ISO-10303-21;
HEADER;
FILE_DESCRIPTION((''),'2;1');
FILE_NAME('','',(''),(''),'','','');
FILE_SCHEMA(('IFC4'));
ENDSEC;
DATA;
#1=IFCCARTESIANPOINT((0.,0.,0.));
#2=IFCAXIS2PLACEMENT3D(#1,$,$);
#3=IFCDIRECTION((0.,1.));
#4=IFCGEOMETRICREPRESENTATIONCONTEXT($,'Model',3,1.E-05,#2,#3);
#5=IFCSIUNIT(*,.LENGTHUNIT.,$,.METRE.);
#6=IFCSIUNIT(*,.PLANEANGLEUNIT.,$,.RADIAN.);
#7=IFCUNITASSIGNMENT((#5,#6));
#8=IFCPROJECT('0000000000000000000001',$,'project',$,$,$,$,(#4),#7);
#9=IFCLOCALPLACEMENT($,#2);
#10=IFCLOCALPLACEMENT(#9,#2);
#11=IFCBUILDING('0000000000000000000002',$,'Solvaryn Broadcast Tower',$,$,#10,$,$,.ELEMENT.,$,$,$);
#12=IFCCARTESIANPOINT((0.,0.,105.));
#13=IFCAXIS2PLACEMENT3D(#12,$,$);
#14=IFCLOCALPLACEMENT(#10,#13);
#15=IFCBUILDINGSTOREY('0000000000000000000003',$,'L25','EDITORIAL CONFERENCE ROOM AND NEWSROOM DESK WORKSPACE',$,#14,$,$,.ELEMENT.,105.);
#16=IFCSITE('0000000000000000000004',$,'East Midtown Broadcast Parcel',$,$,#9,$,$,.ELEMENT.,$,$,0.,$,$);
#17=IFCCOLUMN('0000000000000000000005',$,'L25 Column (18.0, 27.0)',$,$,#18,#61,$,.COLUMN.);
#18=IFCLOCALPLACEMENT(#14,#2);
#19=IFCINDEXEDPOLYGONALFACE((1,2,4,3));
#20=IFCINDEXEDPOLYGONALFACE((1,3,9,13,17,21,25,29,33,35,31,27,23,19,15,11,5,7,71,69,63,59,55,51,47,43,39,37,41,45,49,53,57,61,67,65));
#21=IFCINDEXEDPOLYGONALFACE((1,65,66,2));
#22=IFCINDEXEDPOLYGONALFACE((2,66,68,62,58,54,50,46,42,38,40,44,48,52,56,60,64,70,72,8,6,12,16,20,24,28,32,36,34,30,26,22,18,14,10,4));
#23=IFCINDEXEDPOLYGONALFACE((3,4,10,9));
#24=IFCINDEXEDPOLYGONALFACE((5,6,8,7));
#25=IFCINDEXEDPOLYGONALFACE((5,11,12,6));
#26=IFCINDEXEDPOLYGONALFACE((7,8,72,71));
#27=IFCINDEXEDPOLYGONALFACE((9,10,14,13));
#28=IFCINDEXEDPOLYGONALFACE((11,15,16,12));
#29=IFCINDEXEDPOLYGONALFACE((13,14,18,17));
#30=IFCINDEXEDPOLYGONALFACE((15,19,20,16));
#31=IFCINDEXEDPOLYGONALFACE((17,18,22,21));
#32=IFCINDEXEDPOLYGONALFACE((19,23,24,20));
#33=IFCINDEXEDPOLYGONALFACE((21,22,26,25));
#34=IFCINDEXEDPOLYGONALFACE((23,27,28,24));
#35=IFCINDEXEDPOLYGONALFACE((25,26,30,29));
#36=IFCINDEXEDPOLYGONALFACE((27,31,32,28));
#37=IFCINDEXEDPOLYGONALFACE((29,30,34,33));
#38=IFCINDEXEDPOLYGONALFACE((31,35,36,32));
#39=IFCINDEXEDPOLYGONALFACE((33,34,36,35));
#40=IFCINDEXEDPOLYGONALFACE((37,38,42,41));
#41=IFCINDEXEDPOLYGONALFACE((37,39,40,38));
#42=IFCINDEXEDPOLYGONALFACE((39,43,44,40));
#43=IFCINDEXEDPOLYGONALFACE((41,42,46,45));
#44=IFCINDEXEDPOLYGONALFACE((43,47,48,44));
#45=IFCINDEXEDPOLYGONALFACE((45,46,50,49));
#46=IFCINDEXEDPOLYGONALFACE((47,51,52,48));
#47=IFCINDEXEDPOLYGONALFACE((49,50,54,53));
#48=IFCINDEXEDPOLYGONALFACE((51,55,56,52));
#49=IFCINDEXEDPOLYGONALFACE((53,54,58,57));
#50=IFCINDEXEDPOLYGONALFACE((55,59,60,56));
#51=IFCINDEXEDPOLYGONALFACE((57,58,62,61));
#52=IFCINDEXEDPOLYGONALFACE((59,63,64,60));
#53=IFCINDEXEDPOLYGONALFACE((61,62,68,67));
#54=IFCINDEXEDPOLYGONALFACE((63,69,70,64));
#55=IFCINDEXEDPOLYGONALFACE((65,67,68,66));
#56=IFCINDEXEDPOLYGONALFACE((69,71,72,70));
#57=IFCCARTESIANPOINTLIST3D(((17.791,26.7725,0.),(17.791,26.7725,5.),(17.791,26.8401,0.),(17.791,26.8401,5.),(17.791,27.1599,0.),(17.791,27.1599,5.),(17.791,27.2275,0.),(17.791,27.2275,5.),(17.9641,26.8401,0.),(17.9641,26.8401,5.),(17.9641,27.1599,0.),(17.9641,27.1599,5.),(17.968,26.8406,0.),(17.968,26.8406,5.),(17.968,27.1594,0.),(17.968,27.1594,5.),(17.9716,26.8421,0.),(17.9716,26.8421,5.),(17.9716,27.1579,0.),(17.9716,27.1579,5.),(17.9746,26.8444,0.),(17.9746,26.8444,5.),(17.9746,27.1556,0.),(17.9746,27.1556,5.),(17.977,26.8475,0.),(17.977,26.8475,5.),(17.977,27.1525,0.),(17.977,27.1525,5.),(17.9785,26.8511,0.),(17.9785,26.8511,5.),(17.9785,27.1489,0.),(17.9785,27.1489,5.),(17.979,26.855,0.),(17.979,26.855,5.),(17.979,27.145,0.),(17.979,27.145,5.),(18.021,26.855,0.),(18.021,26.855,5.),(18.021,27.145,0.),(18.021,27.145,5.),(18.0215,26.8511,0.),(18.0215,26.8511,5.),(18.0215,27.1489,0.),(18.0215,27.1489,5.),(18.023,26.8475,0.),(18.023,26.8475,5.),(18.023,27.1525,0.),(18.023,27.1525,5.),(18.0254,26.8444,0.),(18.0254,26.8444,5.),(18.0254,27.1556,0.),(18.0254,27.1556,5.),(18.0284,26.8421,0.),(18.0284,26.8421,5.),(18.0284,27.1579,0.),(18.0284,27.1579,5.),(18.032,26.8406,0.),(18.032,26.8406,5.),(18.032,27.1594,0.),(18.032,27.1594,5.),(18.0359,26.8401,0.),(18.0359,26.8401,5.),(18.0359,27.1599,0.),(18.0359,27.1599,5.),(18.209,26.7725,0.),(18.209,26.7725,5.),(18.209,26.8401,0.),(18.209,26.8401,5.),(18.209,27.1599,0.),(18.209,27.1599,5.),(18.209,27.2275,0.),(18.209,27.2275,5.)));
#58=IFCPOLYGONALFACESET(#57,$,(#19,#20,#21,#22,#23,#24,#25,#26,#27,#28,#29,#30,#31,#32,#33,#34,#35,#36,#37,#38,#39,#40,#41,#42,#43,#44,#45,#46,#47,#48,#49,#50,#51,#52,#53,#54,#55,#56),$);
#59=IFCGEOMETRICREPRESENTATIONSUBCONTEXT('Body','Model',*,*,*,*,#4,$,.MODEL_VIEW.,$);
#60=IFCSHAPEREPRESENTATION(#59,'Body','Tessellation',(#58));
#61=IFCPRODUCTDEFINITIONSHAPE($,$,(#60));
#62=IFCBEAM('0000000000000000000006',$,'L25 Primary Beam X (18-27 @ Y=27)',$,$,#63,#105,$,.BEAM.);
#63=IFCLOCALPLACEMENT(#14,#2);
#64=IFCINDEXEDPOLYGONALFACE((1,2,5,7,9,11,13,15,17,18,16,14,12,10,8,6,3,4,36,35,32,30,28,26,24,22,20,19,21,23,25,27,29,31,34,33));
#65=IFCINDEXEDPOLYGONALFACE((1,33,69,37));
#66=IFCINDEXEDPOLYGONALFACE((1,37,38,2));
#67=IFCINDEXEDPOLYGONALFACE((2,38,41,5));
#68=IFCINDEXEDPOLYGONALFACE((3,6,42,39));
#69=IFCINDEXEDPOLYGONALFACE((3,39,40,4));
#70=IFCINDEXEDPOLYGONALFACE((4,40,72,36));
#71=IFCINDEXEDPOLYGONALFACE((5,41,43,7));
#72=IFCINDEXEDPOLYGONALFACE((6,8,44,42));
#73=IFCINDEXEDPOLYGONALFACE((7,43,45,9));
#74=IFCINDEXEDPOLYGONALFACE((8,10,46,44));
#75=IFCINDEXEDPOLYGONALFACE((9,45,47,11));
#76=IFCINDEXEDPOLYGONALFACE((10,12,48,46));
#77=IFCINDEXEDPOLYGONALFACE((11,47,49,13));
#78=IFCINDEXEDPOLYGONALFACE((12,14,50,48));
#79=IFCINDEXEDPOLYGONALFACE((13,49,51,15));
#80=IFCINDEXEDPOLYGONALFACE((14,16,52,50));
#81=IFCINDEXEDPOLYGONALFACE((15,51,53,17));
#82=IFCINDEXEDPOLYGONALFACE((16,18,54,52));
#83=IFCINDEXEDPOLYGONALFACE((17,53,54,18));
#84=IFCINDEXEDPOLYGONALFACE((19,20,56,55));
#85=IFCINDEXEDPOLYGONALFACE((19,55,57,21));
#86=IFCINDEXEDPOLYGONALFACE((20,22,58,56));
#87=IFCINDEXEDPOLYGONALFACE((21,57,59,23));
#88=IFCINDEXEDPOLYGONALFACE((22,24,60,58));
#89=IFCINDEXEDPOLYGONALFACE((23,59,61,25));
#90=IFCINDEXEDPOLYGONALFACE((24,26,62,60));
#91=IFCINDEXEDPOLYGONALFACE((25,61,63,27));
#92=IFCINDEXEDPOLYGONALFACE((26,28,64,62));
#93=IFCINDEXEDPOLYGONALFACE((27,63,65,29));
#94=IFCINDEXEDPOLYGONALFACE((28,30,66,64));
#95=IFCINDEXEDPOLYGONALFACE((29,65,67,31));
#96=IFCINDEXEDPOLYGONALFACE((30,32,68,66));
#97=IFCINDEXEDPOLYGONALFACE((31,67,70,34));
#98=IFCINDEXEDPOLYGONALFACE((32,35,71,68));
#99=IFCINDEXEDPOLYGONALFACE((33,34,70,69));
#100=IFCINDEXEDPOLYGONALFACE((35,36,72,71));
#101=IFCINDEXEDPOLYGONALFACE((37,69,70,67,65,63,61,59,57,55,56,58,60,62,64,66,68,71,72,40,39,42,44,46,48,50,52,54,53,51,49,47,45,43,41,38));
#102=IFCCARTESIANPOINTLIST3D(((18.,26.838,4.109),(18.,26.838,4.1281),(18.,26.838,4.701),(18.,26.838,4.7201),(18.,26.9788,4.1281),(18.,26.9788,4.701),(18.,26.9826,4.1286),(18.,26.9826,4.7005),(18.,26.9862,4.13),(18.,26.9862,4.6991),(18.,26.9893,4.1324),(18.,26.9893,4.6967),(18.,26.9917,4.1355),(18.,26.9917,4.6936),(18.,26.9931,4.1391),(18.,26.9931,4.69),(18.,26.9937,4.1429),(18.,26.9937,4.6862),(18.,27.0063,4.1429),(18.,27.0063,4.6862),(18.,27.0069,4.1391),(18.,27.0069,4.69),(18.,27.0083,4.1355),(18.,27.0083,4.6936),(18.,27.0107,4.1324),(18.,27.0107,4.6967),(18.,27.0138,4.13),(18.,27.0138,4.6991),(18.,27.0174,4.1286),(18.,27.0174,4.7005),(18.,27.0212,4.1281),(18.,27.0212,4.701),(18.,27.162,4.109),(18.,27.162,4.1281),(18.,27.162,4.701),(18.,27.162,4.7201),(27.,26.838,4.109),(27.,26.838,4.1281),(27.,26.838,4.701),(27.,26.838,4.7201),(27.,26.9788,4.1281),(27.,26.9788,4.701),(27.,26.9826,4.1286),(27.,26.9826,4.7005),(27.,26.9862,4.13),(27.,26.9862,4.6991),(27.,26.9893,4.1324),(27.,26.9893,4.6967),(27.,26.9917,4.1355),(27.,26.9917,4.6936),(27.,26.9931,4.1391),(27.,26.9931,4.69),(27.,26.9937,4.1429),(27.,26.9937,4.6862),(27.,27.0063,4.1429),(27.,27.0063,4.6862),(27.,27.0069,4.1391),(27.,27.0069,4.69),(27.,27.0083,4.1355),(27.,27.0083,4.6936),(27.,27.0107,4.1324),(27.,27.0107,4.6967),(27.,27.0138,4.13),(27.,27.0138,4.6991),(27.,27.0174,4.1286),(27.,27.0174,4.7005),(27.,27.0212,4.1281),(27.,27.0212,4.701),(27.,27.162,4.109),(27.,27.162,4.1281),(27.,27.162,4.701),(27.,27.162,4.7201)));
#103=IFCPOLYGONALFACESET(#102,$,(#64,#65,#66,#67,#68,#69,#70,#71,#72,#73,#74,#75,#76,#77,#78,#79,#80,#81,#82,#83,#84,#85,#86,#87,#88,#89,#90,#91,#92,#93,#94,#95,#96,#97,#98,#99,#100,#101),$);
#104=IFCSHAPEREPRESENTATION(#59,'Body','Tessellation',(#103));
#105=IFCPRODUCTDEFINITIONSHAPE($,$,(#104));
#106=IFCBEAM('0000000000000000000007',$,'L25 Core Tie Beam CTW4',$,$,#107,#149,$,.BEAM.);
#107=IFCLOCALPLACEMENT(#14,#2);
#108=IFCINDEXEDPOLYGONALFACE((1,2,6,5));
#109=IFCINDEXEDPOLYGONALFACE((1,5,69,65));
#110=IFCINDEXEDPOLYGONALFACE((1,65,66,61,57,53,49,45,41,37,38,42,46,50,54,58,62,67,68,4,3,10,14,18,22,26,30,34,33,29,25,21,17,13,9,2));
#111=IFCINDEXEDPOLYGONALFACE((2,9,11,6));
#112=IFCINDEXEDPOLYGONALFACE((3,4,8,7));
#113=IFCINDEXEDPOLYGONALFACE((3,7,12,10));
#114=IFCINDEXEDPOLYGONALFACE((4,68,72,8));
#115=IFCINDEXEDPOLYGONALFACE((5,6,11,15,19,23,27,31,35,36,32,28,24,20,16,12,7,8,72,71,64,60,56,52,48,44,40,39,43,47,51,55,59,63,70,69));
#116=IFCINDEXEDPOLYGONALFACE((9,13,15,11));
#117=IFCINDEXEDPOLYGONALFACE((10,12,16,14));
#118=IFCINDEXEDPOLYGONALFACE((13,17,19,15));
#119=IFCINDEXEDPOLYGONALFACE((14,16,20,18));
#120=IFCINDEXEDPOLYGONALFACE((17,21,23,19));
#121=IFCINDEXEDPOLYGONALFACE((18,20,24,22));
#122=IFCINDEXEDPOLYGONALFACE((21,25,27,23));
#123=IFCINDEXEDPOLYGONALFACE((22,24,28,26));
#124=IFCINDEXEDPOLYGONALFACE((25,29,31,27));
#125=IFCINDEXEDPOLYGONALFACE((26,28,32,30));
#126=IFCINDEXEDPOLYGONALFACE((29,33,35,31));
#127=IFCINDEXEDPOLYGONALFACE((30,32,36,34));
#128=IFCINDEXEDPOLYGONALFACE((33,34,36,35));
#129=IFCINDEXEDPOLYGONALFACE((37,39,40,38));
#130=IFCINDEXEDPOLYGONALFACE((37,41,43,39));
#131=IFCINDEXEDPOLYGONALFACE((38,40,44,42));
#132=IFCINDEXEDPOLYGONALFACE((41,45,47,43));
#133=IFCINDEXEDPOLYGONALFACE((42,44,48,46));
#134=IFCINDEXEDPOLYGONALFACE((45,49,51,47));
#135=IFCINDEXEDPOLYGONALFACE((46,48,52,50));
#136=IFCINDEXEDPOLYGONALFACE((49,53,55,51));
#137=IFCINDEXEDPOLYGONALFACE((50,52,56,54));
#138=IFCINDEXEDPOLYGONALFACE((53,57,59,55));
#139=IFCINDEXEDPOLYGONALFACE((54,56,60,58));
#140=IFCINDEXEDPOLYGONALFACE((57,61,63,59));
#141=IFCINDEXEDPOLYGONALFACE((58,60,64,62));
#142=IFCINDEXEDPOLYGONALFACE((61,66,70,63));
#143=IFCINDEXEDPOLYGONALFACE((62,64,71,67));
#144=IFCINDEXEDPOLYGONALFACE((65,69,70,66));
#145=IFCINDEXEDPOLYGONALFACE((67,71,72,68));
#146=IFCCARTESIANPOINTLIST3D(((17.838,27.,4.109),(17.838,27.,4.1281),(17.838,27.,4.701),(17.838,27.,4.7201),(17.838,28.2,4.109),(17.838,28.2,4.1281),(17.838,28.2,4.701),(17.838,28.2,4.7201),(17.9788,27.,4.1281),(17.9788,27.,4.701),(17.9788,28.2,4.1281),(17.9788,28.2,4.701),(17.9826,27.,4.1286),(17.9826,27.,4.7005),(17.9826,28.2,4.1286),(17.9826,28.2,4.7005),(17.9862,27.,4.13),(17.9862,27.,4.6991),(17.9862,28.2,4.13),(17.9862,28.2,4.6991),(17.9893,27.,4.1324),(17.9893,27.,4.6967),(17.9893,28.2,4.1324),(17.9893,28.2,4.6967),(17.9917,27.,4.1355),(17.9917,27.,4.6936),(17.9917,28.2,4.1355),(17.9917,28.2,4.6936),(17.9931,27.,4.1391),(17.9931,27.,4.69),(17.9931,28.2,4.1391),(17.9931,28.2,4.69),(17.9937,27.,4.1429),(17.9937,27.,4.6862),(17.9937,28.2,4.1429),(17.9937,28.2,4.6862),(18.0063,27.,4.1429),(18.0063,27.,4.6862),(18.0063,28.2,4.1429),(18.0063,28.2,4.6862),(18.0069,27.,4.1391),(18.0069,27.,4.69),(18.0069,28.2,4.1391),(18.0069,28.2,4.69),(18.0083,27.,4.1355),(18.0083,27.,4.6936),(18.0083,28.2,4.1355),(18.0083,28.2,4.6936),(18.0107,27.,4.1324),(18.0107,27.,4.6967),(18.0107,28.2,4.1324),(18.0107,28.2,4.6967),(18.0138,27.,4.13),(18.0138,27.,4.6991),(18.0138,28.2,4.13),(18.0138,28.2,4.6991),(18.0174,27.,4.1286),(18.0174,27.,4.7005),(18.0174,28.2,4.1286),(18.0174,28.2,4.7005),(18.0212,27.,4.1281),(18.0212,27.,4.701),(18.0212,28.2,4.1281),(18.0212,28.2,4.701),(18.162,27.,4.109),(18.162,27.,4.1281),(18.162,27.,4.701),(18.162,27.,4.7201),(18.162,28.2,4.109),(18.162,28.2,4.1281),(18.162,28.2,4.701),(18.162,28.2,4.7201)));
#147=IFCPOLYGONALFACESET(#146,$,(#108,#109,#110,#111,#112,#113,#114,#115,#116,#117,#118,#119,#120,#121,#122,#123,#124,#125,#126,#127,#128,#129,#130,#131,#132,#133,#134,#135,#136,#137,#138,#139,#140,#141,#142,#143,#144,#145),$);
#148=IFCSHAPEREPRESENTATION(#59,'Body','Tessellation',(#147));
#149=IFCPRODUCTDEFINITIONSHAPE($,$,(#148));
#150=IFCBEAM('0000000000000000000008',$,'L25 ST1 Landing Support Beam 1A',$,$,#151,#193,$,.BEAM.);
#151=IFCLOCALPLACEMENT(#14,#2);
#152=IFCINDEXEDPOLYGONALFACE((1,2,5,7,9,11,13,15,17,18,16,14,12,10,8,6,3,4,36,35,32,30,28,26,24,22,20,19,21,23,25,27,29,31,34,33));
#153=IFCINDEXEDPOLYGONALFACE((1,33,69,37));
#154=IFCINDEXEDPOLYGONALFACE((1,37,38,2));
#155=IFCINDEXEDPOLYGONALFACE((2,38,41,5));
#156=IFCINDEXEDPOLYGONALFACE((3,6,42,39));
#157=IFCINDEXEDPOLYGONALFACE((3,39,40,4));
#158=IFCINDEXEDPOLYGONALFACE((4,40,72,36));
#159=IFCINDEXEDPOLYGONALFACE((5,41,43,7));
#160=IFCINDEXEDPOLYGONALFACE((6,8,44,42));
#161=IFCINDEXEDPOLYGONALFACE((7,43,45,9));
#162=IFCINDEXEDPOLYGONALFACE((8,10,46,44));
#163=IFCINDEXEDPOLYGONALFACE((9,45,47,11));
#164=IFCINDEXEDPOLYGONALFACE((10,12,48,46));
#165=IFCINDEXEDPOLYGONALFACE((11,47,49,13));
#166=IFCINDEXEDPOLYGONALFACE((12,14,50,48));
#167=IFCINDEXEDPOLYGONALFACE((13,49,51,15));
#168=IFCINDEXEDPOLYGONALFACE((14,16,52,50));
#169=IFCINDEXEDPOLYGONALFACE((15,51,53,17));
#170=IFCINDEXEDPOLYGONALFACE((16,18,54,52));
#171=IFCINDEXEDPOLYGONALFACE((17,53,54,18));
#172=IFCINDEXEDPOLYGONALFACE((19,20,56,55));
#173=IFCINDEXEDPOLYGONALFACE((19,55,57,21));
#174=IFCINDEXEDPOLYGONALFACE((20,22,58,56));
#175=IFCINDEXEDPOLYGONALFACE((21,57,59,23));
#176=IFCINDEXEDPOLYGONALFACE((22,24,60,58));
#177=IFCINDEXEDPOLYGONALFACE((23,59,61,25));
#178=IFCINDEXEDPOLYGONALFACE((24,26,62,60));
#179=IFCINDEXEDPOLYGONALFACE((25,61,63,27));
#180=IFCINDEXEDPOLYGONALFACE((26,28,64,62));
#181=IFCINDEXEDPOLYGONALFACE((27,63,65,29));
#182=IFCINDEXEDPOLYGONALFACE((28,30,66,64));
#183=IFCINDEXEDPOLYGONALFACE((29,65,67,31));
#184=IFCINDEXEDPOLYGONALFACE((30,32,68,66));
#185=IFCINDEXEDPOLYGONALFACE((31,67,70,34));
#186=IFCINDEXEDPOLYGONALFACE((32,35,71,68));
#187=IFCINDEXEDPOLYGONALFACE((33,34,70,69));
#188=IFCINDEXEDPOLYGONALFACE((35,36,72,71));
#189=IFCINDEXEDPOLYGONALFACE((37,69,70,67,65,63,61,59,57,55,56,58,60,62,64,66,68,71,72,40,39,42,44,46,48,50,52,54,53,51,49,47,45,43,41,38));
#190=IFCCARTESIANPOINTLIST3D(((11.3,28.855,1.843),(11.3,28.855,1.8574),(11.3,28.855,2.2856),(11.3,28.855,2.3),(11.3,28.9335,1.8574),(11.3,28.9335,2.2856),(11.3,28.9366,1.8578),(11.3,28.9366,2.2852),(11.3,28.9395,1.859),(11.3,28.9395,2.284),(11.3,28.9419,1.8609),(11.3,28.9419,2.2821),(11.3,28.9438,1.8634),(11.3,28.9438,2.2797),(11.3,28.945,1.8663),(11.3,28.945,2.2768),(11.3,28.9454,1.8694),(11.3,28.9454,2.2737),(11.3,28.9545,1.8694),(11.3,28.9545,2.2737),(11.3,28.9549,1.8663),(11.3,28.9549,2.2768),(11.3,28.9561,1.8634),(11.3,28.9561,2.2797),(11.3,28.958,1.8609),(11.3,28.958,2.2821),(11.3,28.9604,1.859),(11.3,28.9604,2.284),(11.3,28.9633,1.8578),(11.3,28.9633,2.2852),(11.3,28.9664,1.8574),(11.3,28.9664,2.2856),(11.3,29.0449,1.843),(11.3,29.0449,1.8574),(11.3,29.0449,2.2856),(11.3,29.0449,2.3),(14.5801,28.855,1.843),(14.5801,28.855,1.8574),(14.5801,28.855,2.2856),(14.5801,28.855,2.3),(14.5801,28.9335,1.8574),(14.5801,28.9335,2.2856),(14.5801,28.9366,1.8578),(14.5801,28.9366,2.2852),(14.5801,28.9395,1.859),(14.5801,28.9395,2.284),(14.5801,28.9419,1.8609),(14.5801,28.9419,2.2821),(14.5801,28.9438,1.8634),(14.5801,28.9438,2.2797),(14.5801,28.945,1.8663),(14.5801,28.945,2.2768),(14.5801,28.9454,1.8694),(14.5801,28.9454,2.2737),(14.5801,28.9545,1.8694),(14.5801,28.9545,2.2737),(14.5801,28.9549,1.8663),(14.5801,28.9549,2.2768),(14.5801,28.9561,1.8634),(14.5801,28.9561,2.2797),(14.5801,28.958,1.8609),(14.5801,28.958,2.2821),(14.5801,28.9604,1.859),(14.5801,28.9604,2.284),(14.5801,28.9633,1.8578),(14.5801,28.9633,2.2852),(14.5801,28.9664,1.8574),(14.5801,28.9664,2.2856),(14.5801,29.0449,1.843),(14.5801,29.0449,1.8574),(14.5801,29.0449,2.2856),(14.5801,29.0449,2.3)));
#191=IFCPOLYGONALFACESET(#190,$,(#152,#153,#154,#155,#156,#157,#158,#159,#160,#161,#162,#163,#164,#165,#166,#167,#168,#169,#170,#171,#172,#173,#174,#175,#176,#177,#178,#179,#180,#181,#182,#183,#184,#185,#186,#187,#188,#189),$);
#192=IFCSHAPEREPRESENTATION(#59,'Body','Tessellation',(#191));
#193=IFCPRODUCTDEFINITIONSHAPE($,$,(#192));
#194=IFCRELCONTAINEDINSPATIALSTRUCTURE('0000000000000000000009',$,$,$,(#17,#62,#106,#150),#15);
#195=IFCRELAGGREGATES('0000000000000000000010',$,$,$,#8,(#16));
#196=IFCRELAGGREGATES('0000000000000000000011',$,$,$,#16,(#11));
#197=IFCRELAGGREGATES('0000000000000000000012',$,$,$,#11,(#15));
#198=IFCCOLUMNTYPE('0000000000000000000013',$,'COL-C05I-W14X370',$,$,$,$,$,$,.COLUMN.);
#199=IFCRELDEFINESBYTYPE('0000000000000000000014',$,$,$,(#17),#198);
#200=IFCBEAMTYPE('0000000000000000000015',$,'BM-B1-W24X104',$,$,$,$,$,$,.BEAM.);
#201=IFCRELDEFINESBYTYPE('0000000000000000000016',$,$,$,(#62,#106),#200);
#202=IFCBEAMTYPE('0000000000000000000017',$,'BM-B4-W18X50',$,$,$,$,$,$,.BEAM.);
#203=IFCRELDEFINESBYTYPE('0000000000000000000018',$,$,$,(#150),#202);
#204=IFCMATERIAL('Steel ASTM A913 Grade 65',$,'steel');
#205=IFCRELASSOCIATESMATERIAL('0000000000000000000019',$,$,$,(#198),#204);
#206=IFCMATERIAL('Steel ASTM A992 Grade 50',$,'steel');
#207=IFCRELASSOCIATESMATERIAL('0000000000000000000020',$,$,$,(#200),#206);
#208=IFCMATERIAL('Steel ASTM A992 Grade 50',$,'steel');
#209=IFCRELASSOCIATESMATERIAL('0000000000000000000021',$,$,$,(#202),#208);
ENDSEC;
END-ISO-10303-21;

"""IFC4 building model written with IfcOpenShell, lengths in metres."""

from ifc_helpers import new_model, si_unit, direction, frame, origin, origin_2d, place, context, subcontext, project, spatial, i_section, extrude, material, material_profile, profile_set, type_object, element, save


model = new_model("IFC4")

# Units and contexts
model_context = context("Model", 3, precision=1e-05, world=origin(), true_north=direction((0.0, 1.0)))
body_context = subcontext(model_context, "Body", "Model", "MODEL_VIEW")
ifc_project = project(units=[si_unit("LENGTHUNIT", "METRE"), si_unit("PLANEANGLEUNIT", "RADIAN")], contexts=[model_context])

# Site, building, storey
site_placement = place(None, origin())
site = spatial("IfcSite", under=ifc_project, at=site_placement, Name="East Midtown Broadcast Parcel", CompositionType="ELEMENT", RefElevation=0.0)
building_placement = place(site_placement, origin())
building = spatial("IfcBuilding", under=site, at=building_placement, Name="Solvaryn Broadcast Tower", CompositionType="ELEMENT")
storey_placement = place(building_placement, frame((0.0, 0.0, 105.0)))
storey = spatial("IfcBuildingStorey", under=building, at=storey_placement, Name="L25", Description="EDITORIAL CONFERENCE ROOM AND NEWSROOM DESK WORKSPACE", CompositionType="ELEMENT", Elevation=105.0)

# Column
ifc_material_1 = material(Name="Steel ASTM A913 Grade 65", Category="steel")
ifc_material_profile_1 = material_profile(ifc_material_1, i_section(OverallWidth=0.418, OverallDepth=0.4551, WebThickness=0.042, FlangeThickness=0.0676, FilletRadius=0.0149, at=origin_2d()))
ifc_profile_set_1 = profile_set([ifc_material_profile_1], Name="Steel ASTM A913 Grade 65")
column_type = type_object("IfcColumnType", Name="COL-C05I-W14X370", PredefinedType="COLUMN", material=ifc_profile_set_1)
column_placement = place(storey_placement, frame((18.0, 27.0, 0.0), z_axis=(0.0, 0.0, 1.0), x_axis=(1.0, 0.0, 0.0)))
element("IfcColumn", 1, at=column_placement, inside=storey, type_object=column_type, Name="L25 Column (18.0, 27.0)", PredefinedType="COLUMN", context=body_context, shape_type="SweptSolid", body=[
    extrude(i_section(OverallWidth=0.418, OverallDepth=0.4551, WebThickness=0.042, FlangeThickness=0.0676, FilletRadius=0.0149, at=origin_2d()), origin(), (0.0, 0.0, 1.0), 5.0),
])

# Beams
ifc_material_2 = material(Name="Steel ASTM A992 Grade 50", Category="steel")
ifc_material_profile_2 = material_profile(ifc_material_2, i_section(OverallWidth=0.324, OverallDepth=0.6111, WebThickness=0.0127, FlangeThickness=0.019, FilletRadius=0.0149, at=origin_2d()))
ifc_profile_set_2 = profile_set([ifc_material_profile_2], Name="Steel ASTM A992 Grade 50")
beam_type_1 = type_object("IfcBeamType", Name="BM-B1-W24X104", PredefinedType="BEAM", material=ifc_profile_set_2)
beam_1_placement = place(storey_placement, frame((18.0, 27.0, 4.4146), z_axis=(1.0, 0.0, 0.0), x_axis=(0.0, 1.0, 0.0)))
element("IfcBeam", 2, at=beam_1_placement, inside=storey, type_object=beam_type_1, Name="L25 Primary Beam X (18-27 @ Y=27)", PredefinedType="BEAM", context=body_context, shape_type="SweptSolid", body=[
    extrude(i_section(OverallWidth=0.324, OverallDepth=0.6111, WebThickness=0.0127, FlangeThickness=0.019, FilletRadius=0.0149, at=origin_2d()), origin(), (0.0, 0.0, 1.0), 9.0),
])
beam_2_placement = place(storey_placement, frame((18.0, 27.0, 4.4146), z_axis=(0.0, 1.0, 0.0), x_axis=(-1.0, 0.0, 0.0)))
element("IfcBeam", 3, at=beam_2_placement, inside=storey, type_object=beam_type_1, Name="L25 Core Tie Beam CTW4", PredefinedType="BEAM", context=body_context, shape_type="SweptSolid", body=[
    extrude(i_section(OverallWidth=0.324, OverallDepth=0.6111, WebThickness=0.0127, FlangeThickness=0.019, FilletRadius=0.0149, at=origin_2d()), origin(), (0.0, 0.0, 1.0), 1.2),
])
ifc_material_3 = material(Name="Steel ASTM A992 Grade 50", Category="steel")
ifc_material_profile_3 = material_profile(ifc_material_3, i_section(OverallWidth=0.1899, OverallDepth=0.457, WebThickness=0.009, FlangeThickness=0.0144, FilletRadius=0.012, at=origin_2d()))
ifc_profile_set_3 = profile_set([ifc_material_profile_3], Name="Steel ASTM A992 Grade 50")
beam_type_2 = type_object("IfcBeamType", Name="BM-B4-W18X50", PredefinedType="BEAM", material=ifc_profile_set_3)
beam_3_placement = place(storey_placement, frame((11.3, 28.95, 2.0715), z_axis=(1.0, 0.0, 0.0), x_axis=(0.0, 1.0, 0.0)))
element("IfcBeam", 4, at=beam_3_placement, inside=storey, type_object=beam_type_2, Name="L25 ST1 Landing Support Beam 1A", PredefinedType="BEAM", context=body_context, shape_type="SweptSolid", body=[
    extrude(i_section(OverallWidth=0.1899, OverallDepth=0.457, WebThickness=0.009, FlangeThickness=0.0144, FilletRadius=0.012, at=origin_2d()), origin(), (0.0, 0.0, 1.0), 3.28),
])

save(model, "model.ifc")
